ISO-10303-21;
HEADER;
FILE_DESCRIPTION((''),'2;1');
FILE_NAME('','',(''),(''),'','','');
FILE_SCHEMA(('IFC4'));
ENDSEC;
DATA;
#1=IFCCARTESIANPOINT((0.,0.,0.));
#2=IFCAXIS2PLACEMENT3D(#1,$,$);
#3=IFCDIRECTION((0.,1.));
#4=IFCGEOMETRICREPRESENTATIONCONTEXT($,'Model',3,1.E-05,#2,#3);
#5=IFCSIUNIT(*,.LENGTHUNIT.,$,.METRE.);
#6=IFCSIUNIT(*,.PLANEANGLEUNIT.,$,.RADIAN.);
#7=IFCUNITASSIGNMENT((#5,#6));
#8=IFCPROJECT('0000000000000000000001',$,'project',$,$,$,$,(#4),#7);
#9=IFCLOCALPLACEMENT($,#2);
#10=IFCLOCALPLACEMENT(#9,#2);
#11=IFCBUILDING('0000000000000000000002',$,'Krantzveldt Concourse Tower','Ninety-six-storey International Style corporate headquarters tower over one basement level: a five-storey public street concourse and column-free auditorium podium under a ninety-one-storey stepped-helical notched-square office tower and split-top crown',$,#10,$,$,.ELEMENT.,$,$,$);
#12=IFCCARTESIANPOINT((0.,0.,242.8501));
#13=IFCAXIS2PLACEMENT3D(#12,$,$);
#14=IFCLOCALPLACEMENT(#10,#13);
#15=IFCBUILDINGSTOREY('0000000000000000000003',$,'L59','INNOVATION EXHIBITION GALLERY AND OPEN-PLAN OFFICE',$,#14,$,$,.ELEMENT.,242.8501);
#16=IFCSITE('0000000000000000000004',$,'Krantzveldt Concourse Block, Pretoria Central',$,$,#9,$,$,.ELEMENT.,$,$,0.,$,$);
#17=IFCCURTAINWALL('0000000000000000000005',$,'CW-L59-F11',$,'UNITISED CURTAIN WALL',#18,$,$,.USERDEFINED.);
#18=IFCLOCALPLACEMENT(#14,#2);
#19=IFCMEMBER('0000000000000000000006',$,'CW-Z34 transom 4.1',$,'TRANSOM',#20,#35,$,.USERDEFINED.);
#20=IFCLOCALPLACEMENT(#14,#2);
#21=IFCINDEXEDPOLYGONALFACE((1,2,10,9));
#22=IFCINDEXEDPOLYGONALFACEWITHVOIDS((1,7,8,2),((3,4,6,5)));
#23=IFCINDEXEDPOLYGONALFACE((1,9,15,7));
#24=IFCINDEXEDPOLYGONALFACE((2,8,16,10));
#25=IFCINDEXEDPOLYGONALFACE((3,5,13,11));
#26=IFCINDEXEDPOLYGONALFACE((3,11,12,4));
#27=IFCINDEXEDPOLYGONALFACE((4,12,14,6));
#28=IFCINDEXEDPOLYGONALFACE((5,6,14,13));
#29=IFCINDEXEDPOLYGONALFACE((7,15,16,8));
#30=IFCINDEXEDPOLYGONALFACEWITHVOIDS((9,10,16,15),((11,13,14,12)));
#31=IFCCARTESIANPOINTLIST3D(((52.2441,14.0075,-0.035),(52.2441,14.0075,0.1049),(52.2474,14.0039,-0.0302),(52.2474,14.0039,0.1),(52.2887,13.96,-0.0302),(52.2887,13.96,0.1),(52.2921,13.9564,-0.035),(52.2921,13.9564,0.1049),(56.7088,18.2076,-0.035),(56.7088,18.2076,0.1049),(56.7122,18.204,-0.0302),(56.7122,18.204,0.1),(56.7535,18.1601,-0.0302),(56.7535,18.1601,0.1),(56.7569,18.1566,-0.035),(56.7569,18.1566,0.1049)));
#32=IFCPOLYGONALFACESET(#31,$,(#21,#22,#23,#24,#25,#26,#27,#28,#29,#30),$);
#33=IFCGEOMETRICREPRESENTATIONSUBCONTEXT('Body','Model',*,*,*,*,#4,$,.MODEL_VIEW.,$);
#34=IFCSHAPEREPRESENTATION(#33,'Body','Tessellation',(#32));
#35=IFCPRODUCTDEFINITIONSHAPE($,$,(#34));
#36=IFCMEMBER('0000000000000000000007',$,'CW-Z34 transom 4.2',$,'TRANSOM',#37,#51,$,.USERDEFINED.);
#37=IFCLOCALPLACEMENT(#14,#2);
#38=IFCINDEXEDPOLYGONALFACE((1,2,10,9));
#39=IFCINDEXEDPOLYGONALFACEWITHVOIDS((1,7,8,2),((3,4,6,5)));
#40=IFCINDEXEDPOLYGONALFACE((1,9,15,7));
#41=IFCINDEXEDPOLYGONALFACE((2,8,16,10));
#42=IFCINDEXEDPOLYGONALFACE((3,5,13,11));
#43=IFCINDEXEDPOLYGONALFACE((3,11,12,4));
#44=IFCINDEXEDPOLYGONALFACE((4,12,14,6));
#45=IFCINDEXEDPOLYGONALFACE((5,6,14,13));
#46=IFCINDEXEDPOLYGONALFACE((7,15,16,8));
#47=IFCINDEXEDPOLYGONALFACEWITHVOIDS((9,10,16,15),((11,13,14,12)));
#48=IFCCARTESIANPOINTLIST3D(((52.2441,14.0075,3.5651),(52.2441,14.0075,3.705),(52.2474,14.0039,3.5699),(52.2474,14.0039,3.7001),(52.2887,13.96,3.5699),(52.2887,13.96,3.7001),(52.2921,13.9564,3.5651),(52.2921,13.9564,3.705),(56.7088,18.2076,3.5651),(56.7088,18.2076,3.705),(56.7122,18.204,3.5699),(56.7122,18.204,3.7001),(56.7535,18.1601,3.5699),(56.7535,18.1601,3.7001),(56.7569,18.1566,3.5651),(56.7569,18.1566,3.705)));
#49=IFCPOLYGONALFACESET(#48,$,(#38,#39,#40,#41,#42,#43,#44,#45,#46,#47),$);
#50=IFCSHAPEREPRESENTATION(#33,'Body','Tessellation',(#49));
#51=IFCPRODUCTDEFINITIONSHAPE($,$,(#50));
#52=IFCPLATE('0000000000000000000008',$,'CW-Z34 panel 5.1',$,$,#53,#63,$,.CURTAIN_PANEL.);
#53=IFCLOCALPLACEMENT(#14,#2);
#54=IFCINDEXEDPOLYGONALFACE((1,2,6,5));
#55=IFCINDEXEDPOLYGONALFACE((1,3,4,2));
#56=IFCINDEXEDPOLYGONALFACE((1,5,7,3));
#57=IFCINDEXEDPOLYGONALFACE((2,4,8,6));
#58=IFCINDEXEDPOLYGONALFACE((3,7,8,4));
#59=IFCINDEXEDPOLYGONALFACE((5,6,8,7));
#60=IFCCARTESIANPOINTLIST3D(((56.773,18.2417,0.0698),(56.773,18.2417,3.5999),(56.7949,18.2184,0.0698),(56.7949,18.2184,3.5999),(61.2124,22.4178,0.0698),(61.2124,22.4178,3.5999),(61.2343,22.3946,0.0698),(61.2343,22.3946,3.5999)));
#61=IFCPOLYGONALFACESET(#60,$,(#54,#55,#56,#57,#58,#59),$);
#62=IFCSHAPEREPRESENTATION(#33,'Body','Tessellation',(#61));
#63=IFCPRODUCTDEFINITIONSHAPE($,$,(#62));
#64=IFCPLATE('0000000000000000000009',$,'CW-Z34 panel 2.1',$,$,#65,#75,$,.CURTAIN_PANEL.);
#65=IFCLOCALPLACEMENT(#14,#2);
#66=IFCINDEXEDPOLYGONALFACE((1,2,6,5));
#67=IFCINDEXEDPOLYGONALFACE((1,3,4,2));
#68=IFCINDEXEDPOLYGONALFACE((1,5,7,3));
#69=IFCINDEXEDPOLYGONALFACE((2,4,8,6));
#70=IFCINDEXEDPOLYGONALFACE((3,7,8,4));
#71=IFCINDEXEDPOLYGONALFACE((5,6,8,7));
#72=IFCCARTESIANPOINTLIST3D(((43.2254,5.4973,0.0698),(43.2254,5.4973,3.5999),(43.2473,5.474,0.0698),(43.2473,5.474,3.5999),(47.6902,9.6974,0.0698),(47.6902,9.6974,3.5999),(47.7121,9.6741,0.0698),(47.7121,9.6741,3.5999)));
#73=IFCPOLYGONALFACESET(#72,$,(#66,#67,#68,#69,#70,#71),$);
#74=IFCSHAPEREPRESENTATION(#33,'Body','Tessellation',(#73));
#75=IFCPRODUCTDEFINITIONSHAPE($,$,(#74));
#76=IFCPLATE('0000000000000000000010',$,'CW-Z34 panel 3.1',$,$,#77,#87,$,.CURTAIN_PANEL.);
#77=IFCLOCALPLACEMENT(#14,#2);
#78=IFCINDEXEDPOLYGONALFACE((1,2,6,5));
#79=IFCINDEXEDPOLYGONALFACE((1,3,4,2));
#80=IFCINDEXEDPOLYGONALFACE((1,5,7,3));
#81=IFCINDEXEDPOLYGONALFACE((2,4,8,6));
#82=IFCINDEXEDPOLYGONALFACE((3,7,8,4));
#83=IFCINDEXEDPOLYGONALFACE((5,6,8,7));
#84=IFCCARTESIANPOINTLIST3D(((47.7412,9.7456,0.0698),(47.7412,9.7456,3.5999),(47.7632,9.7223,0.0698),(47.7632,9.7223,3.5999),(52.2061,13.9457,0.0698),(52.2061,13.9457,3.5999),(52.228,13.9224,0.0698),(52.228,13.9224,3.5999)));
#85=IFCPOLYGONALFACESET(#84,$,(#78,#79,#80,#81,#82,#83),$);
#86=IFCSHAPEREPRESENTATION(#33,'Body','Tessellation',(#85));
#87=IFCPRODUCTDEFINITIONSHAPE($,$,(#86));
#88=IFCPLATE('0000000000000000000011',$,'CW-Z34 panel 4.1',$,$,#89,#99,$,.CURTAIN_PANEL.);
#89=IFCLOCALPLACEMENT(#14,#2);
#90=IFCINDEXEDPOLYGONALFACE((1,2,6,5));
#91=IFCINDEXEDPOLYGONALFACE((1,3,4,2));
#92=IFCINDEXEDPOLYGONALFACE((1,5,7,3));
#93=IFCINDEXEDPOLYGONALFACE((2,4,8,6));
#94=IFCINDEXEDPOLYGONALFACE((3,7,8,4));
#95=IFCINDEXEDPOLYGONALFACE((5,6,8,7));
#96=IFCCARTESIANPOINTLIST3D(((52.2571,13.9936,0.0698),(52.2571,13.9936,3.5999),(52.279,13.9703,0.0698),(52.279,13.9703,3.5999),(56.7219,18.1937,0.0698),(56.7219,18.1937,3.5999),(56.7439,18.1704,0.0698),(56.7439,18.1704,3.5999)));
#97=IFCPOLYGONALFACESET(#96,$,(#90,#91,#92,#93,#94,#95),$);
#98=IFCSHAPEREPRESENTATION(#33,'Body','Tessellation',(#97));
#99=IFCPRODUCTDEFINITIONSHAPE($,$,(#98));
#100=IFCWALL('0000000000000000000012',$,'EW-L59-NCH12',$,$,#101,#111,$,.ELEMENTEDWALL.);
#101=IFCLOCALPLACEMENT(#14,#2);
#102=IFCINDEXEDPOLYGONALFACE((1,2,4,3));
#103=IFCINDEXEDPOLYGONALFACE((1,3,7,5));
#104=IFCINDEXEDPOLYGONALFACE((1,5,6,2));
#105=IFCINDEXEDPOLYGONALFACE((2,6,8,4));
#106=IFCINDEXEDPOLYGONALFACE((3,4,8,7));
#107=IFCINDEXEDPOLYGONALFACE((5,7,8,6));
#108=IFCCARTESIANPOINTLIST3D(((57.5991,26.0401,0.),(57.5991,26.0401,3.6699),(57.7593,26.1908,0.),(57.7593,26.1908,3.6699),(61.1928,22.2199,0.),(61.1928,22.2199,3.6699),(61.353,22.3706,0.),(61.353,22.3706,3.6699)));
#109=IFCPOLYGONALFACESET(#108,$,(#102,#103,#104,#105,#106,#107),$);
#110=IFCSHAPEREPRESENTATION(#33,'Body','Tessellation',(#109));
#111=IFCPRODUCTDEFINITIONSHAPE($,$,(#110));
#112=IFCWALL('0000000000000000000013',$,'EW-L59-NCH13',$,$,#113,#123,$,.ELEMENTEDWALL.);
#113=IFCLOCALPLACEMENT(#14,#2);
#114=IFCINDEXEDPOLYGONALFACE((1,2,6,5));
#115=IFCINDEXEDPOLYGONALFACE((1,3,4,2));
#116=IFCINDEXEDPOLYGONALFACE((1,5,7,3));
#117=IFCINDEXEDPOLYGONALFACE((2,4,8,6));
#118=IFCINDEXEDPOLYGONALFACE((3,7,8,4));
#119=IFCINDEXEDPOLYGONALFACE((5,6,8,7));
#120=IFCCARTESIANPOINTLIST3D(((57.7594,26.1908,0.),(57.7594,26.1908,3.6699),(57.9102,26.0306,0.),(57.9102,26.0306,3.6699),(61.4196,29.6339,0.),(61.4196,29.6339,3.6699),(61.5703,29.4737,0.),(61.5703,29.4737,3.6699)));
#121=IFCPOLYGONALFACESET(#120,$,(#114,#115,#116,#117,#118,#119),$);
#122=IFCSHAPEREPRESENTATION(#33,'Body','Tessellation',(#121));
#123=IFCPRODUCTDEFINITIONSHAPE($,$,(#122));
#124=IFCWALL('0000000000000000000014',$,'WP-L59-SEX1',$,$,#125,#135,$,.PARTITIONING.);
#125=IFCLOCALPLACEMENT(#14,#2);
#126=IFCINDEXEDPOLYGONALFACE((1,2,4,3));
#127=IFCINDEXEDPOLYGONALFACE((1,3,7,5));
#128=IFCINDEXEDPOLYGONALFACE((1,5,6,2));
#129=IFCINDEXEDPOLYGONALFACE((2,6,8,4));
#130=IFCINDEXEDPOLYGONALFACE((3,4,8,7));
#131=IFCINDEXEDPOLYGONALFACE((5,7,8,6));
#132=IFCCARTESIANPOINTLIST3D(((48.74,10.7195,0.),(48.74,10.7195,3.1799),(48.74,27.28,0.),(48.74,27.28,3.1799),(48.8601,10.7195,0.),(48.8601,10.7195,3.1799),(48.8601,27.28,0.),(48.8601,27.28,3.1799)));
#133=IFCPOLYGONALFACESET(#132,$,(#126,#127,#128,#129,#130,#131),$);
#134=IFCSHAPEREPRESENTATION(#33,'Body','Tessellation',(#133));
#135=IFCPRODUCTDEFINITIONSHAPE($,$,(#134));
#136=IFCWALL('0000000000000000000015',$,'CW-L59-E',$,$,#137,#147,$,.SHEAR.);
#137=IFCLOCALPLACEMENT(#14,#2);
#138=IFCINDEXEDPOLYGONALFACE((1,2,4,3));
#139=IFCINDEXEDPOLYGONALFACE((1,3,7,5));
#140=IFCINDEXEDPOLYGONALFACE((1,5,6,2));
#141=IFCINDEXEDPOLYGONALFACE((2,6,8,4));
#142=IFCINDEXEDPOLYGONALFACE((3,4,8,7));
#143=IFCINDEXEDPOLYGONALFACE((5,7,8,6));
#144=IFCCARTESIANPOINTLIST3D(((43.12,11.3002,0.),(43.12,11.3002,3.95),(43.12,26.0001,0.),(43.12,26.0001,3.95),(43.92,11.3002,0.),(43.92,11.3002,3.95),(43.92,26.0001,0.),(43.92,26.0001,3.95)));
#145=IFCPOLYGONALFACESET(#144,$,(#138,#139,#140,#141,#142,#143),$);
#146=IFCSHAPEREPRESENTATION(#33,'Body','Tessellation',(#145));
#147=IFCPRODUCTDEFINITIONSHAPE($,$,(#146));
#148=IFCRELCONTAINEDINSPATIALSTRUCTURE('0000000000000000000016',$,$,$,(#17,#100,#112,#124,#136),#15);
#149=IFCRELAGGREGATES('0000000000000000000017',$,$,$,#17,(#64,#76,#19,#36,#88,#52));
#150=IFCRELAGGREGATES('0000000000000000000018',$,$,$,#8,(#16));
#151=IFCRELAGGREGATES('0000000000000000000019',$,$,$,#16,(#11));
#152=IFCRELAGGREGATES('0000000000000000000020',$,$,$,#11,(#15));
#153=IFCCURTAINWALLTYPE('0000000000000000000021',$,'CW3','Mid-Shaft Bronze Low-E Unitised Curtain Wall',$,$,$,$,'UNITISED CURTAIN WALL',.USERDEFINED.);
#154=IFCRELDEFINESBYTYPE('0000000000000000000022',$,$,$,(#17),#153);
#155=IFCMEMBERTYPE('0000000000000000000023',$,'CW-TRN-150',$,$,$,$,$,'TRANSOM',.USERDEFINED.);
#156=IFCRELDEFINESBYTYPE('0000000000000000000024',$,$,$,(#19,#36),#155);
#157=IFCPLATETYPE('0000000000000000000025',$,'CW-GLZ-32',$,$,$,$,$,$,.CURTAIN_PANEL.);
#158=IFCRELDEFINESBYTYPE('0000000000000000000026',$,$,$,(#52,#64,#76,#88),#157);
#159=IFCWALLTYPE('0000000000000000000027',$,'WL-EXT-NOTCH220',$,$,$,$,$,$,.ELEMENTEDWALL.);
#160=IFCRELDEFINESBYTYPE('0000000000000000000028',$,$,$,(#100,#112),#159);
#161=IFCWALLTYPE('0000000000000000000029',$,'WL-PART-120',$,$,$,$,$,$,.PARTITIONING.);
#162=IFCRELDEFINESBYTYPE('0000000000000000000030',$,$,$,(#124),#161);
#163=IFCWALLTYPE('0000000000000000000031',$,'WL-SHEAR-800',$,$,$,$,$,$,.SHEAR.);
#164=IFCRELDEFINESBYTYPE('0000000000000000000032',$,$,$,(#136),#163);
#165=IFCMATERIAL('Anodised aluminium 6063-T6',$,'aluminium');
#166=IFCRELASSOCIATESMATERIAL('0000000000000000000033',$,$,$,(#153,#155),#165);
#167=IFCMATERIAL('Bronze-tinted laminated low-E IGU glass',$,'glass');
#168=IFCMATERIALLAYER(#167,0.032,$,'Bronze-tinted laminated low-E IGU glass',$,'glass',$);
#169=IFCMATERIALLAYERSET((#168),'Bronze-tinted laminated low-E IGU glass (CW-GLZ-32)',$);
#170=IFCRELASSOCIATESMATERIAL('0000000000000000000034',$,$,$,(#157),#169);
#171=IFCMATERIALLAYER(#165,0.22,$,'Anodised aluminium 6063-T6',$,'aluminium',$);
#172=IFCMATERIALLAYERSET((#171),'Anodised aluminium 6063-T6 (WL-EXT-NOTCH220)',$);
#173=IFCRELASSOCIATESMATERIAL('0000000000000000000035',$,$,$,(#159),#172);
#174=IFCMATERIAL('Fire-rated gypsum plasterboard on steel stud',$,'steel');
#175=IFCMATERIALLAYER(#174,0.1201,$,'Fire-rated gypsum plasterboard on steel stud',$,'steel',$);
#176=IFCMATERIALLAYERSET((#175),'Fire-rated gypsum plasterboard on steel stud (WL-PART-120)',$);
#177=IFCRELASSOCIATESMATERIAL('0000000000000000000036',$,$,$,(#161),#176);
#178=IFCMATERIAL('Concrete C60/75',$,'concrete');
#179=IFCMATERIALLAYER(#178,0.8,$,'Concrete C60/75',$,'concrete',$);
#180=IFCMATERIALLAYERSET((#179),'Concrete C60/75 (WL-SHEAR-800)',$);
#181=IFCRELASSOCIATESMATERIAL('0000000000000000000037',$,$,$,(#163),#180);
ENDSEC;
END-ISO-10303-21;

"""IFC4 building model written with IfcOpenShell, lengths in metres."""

from ifc_helpers import new_model, si_unit, direction, frame, frame_2d, origin, origin_2d, place, context, subcontext, project, spatial, rectangle, hollow_rectangle, extrude, source, transform, mapped, material, layer, layer_set, material_profile, profile_set, type_object, type_shapes, element, aggregate, save


model = new_model("IFC4")

# Units and contexts
model_context = context("Model", 3, precision=1e-05, world=origin(), true_north=direction((0.0, 1.0)))
body_context = subcontext(model_context, "Body", "Model", "MODEL_VIEW")
ifc_project = project(units=[si_unit("LENGTHUNIT", "METRE"), si_unit("PLANEANGLEUNIT", "RADIAN")], contexts=[model_context])

# Site, building, storey
site_placement = place(None, origin())
site = spatial("IfcSite", under=ifc_project, at=site_placement, Name="Krantzveldt Concourse Block, Pretoria Central", CompositionType="ELEMENT", RefElevation=0.0)
building_placement = place(site_placement, origin())
building = spatial("IfcBuilding", under=site, at=building_placement, Name="Krantzveldt Concourse Tower", Description="Ninety-six-storey International Style corporate headquarters tower over one basement level: a five-storey public street concourse and column-free auditorium podium under a ninety-one-storey stepped-helical notched-square office tower and split-top crown", CompositionType="ELEMENT")
storey_placement = place(building_placement, frame((0.0, 0.0, 242.8501)))
storey = spatial("IfcBuildingStorey", under=building, at=storey_placement, Name="L59", Description="INNOVATION EXHIBITION GALLERY AND OPEN-PLAN OFFICE", CompositionType="ELEMENT", Elevation=242.8501)

# Curtain wall, members, plates
ifc_material_1 = material(Name="Anodised aluminium 6063-T6", Category="aluminium")
curtain_wall_type = type_object("IfcCurtainWallType", Name="CW3", Description="Mid-Shaft Bronze Low-E Unitised Curtain Wall", ElementType="UNITISED CURTAIN WALL", PredefinedType="USERDEFINED", material=ifc_material_1)
curtain_wall_placement = place(storey_placement, origin())
curtain_wall = element("IfcCurtainWall", 1, at=curtain_wall_placement, inside=storey, type_object=curtain_wall_type, Name="CW-L59-F11", ObjectType="UNITISED CURTAIN WALL", PredefinedType="USERDEFINED")
ifc_material_profile_1 = material_profile(ifc_material_1, hollow_rectangle(XDim=0.0701, YDim=0.1399, WallThickness=0.0049, at=origin_2d()), Name="Anodised aluminium 6063-T6", Category="aluminium")
ifc_profile_set_1 = profile_set([ifc_material_profile_1], Name="Anodised aluminium 6063-T6 - ALU-TRAN 140x70x5")
member_type_1 = type_object("IfcMemberType", Name="CW-TRN-150", ElementType="TRANSOM", PredefinedType="USERDEFINED", material=ifc_profile_set_1)
shared_shape_1 = source(origin(), body_context, "Body", "SweptSolid", [
    extrude(hollow_rectangle(XDim=0.0701, YDim=0.1399, WallThickness=0.0049, at=origin_2d()), origin(), (0.0, 0.0, 1.0), 6.1299),
])
member_1_placement = place(storey_placement, frame((52.2681, 13.9819, 0.0349), z_axis=(0.728364, 0.685191, 0.0), x_axis=(-0.685191, 0.728364, 0.0)))
member_1 = element("IfcMember", 2, at=member_1_placement, type_object=member_type_1, Name="CW-Z34 transom 4.1", ObjectType="TRANSOM", PredefinedType="USERDEFINED", context=body_context, shape_type="MappedRepresentation", body=[
    mapped(shared_shape_1, transform((0.0, 0.0, 0.0), x_axis=(1.0, 0.0, 0.0), y_axis=(0.0, 1.0, 0.0), z_axis=(0.0, 0.0, 1.0), scale=1.0)),
])
member_2_placement = place(storey_placement, frame((52.2681, 13.9819, 3.635), z_axis=(0.728364, 0.685191, 0.0), x_axis=(-0.685191, 0.728364, 0.0)))
member_2 = element("IfcMember", 3, at=member_2_placement, type_object=member_type_1, Name="CW-Z34 transom 4.2", ObjectType="TRANSOM", PredefinedType="USERDEFINED", context=body_context, shape_type="MappedRepresentation", body=[
    mapped(shared_shape_1, transform((0.0, 0.0, 0.0), x_axis=(1.0, 0.0, 0.0), y_axis=(0.0, 1.0, 0.0), z_axis=(0.0, 0.0, 1.0), scale=1.0)),
])
ifc_material_2 = material(Name="Bronze-tinted laminated low-E IGU glass", Category="glass")
ifc_layer_1 = layer(ifc_material_2, 0.032, Name="Bronze-tinted laminated low-E IGU glass", Category="glass")
ifc_layer_set_1 = layer_set([ifc_layer_1], Name="Bronze-tinted laminated low-E IGU glass (CW-GLZ-32)")
plate_type = type_object("IfcPlateType", Name="CW-GLZ-32", PredefinedType="CURTAIN_PANEL", material=ifc_layer_set_1)
shared_shape_2 = source(origin(), body_context, "Body", "SweptSolid", [
    extrude(rectangle(XDim=6.095, YDim=0.032, at=origin_2d()), origin(), (0.0, 0.0, 1.0), 3.53),
])
plate_1_placement = place(storey_placement, frame((59.0037, 20.3181, 0.0698), z_axis=(0.0, 0.0, 1.0), x_axis=(0.728371, 0.685183, 0.0)))
plate_1 = element("IfcPlate", 4, at=plate_1_placement, type_object=plate_type, Name="CW-Z34 panel 5.1", PredefinedType="CURTAIN_PANEL", context=body_context, shape_type="MappedRepresentation", body=[
    mapped(shared_shape_2, transform((0.0, 0.0, 0.0), x_axis=(1.0, 0.0, 0.0), y_axis=(0.0, 1.0, 0.0), z_axis=(0.0, 0.0, 1.0), scale=1.0)),
])
shared_shape_3 = source(origin(), body_context, "Body", "SweptSolid", [
    extrude(rectangle(XDim=6.1299, YDim=0.032, at=origin_2d()), origin(), (0.0, 0.0, 1.0), 3.53),
])
type_shapes(plate_type, [shared_shape_2, shared_shape_3])
plate_2_placement = place(storey_placement, frame((45.4688, 7.5857, 0.0698), z_axis=(0.0, 0.0, 1.0), x_axis=(0.728371, 0.685183, 0.0)))
plate_2 = element("IfcPlate", 5, at=plate_2_placement, type_object=plate_type, Name="CW-Z34 panel 2.1", PredefinedType="CURTAIN_PANEL", context=body_context, shape_type="MappedRepresentation", body=[
    mapped(shared_shape_3, transform((0.0, 0.0, 0.0), x_axis=(1.0, 0.0, 0.0), y_axis=(0.0, 1.0, 0.0), z_axis=(0.0, 0.0, 1.0), scale=1.0)),
])
plate_3_placement = place(storey_placement, frame((49.9846, 11.834, 0.0698), z_axis=(0.0, 0.0, 1.0), x_axis=(0.728371, 0.685183, 0.0)))
plate_3 = element("IfcPlate", 6, at=plate_3_placement, type_object=plate_type, Name="CW-Z34 panel 3.1", PredefinedType="CURTAIN_PANEL", context=body_context, shape_type="MappedRepresentation", body=[
    mapped(shared_shape_3, transform((0.0, 0.0, 0.0), x_axis=(1.0, 0.0, 0.0), y_axis=(0.0, 1.0, 0.0), z_axis=(0.0, 0.0, 1.0), scale=1.0)),
])
plate_4_placement = place(storey_placement, frame((54.5005, 16.082, 0.0698), z_axis=(0.0, 0.0, 1.0), x_axis=(0.728371, 0.685183, 0.0)))
plate_4 = element("IfcPlate", 7, at=plate_4_placement, type_object=plate_type, Name="CW-Z34 panel 4.1", PredefinedType="CURTAIN_PANEL", context=body_context, shape_type="MappedRepresentation", body=[
    mapped(shared_shape_3, transform((0.0, 0.0, 0.0), x_axis=(1.0, 0.0, 0.0), y_axis=(0.0, 1.0, 0.0), z_axis=(0.0, 0.0, 1.0), scale=1.0)),
])
aggregate(curtain_wall, [plate_2, plate_3, member_1, member_2, plate_4, plate_1])

# Walls
ifc_layer_2 = layer(ifc_material_1, 0.22, Name="Anodised aluminium 6063-T6", Category="aluminium")
ifc_layer_set_2 = layer_set([ifc_layer_2], Name="Anodised aluminium 6063-T6 (WL-EXT-NOTCH220)")
wall_type_1 = type_object("IfcWallType", Name="WL-EXT-NOTCH220", PredefinedType="ELEMENTEDWALL", material=ifc_layer_set_2)
wall_1_placement = place(storey_placement, frame((61.2729, 22.2952, 0.0), z_axis=(0.0, 0.0, 1.0), x_axis=(-0.685179, 0.728375, 0.0)))
element("IfcWall", 8, at=wall_1_placement, inside=storey, type_object=wall_type_1, Name="EW-L59-NCH12", PredefinedType="ELEMENTEDWALL", context=body_context, shape_type="SweptSolid", body=[
    extrude(rectangle(XDim=5.2449, YDim=0.22, at=frame_2d((2.6226, 0.0))), origin(), (0.0, 0.0, 1.0), 3.6699),
])
wall_2_placement = place(storey_placement, frame((57.8347, 26.1106, 0.0), z_axis=(0.0, 0.0, 1.0), x_axis=(0.728373, 0.685181, 0.0)))
element("IfcWall", 9, at=wall_2_placement, inside=storey, type_object=wall_type_1, Name="EW-L59-NCH13", PredefinedType="ELEMENTEDWALL", context=body_context, shape_type="SweptSolid", body=[
    extrude(rectangle(XDim=5.0251, YDim=0.22, at=frame_2d((2.5127, 0.0))), origin(), (0.0, 0.0, 1.0), 3.6699),
])
ifc_material_3 = material(Name="Fire-rated gypsum plasterboard on steel stud", Category="steel")
ifc_layer_3 = layer(ifc_material_3, 0.1201, Name="Fire-rated gypsum plasterboard on steel stud", Category="steel")
ifc_layer_set_3 = layer_set([ifc_layer_3], Name="Fire-rated gypsum plasterboard on steel stud (WL-PART-120)")
wall_type_2 = type_object("IfcWallType", Name="WL-PART-120", PredefinedType="PARTITIONING", material=ifc_layer_set_3)
wall_3_placement = place(storey_placement, frame((48.8, 10.7195, 0.0), z_axis=(0.0, 0.0, 1.0), x_axis=(0.0, 1.0, 0.0)))
element("IfcWall", 10, at=wall_3_placement, inside=storey, type_object=wall_type_2, Name="WP-L59-SEX1", PredefinedType="PARTITIONING", context=body_context, shape_type="SweptSolid", body=[
    extrude(rectangle(XDim=16.5605, YDim=0.1201, at=frame_2d((8.2803, 0.0))), origin(), (0.0, 0.0, 1.0), 3.1799),
])
ifc_material_4 = material(Name="Concrete C60/75", Category="concrete")
ifc_layer_4 = layer(ifc_material_4, 0.8, Name="Concrete C60/75", Category="concrete")
ifc_layer_set_4 = layer_set([ifc_layer_4], Name="Concrete C60/75 (WL-SHEAR-800)")
wall_type_3 = type_object("IfcWallType", Name="WL-SHEAR-800", PredefinedType="SHEAR", material=ifc_layer_set_4)
wall_4_placement = place(storey_placement, frame((43.52, 11.3, 0.0), z_axis=(0.0, 0.0, 1.0), x_axis=(0.0, 1.0, 0.0)))
element("IfcWall", 11, at=wall_4_placement, inside=storey, type_object=wall_type_3, Name="CW-L59-E", PredefinedType="SHEAR", context=body_context, shape_type="SweptSolid", body=[
    extrude(rectangle(XDim=14.7, YDim=0.8, at=frame_2d((7.3501, 0.0))), origin(), (0.0, 0.0, 1.0), 3.95),
])

save(model, "model.ifc")
